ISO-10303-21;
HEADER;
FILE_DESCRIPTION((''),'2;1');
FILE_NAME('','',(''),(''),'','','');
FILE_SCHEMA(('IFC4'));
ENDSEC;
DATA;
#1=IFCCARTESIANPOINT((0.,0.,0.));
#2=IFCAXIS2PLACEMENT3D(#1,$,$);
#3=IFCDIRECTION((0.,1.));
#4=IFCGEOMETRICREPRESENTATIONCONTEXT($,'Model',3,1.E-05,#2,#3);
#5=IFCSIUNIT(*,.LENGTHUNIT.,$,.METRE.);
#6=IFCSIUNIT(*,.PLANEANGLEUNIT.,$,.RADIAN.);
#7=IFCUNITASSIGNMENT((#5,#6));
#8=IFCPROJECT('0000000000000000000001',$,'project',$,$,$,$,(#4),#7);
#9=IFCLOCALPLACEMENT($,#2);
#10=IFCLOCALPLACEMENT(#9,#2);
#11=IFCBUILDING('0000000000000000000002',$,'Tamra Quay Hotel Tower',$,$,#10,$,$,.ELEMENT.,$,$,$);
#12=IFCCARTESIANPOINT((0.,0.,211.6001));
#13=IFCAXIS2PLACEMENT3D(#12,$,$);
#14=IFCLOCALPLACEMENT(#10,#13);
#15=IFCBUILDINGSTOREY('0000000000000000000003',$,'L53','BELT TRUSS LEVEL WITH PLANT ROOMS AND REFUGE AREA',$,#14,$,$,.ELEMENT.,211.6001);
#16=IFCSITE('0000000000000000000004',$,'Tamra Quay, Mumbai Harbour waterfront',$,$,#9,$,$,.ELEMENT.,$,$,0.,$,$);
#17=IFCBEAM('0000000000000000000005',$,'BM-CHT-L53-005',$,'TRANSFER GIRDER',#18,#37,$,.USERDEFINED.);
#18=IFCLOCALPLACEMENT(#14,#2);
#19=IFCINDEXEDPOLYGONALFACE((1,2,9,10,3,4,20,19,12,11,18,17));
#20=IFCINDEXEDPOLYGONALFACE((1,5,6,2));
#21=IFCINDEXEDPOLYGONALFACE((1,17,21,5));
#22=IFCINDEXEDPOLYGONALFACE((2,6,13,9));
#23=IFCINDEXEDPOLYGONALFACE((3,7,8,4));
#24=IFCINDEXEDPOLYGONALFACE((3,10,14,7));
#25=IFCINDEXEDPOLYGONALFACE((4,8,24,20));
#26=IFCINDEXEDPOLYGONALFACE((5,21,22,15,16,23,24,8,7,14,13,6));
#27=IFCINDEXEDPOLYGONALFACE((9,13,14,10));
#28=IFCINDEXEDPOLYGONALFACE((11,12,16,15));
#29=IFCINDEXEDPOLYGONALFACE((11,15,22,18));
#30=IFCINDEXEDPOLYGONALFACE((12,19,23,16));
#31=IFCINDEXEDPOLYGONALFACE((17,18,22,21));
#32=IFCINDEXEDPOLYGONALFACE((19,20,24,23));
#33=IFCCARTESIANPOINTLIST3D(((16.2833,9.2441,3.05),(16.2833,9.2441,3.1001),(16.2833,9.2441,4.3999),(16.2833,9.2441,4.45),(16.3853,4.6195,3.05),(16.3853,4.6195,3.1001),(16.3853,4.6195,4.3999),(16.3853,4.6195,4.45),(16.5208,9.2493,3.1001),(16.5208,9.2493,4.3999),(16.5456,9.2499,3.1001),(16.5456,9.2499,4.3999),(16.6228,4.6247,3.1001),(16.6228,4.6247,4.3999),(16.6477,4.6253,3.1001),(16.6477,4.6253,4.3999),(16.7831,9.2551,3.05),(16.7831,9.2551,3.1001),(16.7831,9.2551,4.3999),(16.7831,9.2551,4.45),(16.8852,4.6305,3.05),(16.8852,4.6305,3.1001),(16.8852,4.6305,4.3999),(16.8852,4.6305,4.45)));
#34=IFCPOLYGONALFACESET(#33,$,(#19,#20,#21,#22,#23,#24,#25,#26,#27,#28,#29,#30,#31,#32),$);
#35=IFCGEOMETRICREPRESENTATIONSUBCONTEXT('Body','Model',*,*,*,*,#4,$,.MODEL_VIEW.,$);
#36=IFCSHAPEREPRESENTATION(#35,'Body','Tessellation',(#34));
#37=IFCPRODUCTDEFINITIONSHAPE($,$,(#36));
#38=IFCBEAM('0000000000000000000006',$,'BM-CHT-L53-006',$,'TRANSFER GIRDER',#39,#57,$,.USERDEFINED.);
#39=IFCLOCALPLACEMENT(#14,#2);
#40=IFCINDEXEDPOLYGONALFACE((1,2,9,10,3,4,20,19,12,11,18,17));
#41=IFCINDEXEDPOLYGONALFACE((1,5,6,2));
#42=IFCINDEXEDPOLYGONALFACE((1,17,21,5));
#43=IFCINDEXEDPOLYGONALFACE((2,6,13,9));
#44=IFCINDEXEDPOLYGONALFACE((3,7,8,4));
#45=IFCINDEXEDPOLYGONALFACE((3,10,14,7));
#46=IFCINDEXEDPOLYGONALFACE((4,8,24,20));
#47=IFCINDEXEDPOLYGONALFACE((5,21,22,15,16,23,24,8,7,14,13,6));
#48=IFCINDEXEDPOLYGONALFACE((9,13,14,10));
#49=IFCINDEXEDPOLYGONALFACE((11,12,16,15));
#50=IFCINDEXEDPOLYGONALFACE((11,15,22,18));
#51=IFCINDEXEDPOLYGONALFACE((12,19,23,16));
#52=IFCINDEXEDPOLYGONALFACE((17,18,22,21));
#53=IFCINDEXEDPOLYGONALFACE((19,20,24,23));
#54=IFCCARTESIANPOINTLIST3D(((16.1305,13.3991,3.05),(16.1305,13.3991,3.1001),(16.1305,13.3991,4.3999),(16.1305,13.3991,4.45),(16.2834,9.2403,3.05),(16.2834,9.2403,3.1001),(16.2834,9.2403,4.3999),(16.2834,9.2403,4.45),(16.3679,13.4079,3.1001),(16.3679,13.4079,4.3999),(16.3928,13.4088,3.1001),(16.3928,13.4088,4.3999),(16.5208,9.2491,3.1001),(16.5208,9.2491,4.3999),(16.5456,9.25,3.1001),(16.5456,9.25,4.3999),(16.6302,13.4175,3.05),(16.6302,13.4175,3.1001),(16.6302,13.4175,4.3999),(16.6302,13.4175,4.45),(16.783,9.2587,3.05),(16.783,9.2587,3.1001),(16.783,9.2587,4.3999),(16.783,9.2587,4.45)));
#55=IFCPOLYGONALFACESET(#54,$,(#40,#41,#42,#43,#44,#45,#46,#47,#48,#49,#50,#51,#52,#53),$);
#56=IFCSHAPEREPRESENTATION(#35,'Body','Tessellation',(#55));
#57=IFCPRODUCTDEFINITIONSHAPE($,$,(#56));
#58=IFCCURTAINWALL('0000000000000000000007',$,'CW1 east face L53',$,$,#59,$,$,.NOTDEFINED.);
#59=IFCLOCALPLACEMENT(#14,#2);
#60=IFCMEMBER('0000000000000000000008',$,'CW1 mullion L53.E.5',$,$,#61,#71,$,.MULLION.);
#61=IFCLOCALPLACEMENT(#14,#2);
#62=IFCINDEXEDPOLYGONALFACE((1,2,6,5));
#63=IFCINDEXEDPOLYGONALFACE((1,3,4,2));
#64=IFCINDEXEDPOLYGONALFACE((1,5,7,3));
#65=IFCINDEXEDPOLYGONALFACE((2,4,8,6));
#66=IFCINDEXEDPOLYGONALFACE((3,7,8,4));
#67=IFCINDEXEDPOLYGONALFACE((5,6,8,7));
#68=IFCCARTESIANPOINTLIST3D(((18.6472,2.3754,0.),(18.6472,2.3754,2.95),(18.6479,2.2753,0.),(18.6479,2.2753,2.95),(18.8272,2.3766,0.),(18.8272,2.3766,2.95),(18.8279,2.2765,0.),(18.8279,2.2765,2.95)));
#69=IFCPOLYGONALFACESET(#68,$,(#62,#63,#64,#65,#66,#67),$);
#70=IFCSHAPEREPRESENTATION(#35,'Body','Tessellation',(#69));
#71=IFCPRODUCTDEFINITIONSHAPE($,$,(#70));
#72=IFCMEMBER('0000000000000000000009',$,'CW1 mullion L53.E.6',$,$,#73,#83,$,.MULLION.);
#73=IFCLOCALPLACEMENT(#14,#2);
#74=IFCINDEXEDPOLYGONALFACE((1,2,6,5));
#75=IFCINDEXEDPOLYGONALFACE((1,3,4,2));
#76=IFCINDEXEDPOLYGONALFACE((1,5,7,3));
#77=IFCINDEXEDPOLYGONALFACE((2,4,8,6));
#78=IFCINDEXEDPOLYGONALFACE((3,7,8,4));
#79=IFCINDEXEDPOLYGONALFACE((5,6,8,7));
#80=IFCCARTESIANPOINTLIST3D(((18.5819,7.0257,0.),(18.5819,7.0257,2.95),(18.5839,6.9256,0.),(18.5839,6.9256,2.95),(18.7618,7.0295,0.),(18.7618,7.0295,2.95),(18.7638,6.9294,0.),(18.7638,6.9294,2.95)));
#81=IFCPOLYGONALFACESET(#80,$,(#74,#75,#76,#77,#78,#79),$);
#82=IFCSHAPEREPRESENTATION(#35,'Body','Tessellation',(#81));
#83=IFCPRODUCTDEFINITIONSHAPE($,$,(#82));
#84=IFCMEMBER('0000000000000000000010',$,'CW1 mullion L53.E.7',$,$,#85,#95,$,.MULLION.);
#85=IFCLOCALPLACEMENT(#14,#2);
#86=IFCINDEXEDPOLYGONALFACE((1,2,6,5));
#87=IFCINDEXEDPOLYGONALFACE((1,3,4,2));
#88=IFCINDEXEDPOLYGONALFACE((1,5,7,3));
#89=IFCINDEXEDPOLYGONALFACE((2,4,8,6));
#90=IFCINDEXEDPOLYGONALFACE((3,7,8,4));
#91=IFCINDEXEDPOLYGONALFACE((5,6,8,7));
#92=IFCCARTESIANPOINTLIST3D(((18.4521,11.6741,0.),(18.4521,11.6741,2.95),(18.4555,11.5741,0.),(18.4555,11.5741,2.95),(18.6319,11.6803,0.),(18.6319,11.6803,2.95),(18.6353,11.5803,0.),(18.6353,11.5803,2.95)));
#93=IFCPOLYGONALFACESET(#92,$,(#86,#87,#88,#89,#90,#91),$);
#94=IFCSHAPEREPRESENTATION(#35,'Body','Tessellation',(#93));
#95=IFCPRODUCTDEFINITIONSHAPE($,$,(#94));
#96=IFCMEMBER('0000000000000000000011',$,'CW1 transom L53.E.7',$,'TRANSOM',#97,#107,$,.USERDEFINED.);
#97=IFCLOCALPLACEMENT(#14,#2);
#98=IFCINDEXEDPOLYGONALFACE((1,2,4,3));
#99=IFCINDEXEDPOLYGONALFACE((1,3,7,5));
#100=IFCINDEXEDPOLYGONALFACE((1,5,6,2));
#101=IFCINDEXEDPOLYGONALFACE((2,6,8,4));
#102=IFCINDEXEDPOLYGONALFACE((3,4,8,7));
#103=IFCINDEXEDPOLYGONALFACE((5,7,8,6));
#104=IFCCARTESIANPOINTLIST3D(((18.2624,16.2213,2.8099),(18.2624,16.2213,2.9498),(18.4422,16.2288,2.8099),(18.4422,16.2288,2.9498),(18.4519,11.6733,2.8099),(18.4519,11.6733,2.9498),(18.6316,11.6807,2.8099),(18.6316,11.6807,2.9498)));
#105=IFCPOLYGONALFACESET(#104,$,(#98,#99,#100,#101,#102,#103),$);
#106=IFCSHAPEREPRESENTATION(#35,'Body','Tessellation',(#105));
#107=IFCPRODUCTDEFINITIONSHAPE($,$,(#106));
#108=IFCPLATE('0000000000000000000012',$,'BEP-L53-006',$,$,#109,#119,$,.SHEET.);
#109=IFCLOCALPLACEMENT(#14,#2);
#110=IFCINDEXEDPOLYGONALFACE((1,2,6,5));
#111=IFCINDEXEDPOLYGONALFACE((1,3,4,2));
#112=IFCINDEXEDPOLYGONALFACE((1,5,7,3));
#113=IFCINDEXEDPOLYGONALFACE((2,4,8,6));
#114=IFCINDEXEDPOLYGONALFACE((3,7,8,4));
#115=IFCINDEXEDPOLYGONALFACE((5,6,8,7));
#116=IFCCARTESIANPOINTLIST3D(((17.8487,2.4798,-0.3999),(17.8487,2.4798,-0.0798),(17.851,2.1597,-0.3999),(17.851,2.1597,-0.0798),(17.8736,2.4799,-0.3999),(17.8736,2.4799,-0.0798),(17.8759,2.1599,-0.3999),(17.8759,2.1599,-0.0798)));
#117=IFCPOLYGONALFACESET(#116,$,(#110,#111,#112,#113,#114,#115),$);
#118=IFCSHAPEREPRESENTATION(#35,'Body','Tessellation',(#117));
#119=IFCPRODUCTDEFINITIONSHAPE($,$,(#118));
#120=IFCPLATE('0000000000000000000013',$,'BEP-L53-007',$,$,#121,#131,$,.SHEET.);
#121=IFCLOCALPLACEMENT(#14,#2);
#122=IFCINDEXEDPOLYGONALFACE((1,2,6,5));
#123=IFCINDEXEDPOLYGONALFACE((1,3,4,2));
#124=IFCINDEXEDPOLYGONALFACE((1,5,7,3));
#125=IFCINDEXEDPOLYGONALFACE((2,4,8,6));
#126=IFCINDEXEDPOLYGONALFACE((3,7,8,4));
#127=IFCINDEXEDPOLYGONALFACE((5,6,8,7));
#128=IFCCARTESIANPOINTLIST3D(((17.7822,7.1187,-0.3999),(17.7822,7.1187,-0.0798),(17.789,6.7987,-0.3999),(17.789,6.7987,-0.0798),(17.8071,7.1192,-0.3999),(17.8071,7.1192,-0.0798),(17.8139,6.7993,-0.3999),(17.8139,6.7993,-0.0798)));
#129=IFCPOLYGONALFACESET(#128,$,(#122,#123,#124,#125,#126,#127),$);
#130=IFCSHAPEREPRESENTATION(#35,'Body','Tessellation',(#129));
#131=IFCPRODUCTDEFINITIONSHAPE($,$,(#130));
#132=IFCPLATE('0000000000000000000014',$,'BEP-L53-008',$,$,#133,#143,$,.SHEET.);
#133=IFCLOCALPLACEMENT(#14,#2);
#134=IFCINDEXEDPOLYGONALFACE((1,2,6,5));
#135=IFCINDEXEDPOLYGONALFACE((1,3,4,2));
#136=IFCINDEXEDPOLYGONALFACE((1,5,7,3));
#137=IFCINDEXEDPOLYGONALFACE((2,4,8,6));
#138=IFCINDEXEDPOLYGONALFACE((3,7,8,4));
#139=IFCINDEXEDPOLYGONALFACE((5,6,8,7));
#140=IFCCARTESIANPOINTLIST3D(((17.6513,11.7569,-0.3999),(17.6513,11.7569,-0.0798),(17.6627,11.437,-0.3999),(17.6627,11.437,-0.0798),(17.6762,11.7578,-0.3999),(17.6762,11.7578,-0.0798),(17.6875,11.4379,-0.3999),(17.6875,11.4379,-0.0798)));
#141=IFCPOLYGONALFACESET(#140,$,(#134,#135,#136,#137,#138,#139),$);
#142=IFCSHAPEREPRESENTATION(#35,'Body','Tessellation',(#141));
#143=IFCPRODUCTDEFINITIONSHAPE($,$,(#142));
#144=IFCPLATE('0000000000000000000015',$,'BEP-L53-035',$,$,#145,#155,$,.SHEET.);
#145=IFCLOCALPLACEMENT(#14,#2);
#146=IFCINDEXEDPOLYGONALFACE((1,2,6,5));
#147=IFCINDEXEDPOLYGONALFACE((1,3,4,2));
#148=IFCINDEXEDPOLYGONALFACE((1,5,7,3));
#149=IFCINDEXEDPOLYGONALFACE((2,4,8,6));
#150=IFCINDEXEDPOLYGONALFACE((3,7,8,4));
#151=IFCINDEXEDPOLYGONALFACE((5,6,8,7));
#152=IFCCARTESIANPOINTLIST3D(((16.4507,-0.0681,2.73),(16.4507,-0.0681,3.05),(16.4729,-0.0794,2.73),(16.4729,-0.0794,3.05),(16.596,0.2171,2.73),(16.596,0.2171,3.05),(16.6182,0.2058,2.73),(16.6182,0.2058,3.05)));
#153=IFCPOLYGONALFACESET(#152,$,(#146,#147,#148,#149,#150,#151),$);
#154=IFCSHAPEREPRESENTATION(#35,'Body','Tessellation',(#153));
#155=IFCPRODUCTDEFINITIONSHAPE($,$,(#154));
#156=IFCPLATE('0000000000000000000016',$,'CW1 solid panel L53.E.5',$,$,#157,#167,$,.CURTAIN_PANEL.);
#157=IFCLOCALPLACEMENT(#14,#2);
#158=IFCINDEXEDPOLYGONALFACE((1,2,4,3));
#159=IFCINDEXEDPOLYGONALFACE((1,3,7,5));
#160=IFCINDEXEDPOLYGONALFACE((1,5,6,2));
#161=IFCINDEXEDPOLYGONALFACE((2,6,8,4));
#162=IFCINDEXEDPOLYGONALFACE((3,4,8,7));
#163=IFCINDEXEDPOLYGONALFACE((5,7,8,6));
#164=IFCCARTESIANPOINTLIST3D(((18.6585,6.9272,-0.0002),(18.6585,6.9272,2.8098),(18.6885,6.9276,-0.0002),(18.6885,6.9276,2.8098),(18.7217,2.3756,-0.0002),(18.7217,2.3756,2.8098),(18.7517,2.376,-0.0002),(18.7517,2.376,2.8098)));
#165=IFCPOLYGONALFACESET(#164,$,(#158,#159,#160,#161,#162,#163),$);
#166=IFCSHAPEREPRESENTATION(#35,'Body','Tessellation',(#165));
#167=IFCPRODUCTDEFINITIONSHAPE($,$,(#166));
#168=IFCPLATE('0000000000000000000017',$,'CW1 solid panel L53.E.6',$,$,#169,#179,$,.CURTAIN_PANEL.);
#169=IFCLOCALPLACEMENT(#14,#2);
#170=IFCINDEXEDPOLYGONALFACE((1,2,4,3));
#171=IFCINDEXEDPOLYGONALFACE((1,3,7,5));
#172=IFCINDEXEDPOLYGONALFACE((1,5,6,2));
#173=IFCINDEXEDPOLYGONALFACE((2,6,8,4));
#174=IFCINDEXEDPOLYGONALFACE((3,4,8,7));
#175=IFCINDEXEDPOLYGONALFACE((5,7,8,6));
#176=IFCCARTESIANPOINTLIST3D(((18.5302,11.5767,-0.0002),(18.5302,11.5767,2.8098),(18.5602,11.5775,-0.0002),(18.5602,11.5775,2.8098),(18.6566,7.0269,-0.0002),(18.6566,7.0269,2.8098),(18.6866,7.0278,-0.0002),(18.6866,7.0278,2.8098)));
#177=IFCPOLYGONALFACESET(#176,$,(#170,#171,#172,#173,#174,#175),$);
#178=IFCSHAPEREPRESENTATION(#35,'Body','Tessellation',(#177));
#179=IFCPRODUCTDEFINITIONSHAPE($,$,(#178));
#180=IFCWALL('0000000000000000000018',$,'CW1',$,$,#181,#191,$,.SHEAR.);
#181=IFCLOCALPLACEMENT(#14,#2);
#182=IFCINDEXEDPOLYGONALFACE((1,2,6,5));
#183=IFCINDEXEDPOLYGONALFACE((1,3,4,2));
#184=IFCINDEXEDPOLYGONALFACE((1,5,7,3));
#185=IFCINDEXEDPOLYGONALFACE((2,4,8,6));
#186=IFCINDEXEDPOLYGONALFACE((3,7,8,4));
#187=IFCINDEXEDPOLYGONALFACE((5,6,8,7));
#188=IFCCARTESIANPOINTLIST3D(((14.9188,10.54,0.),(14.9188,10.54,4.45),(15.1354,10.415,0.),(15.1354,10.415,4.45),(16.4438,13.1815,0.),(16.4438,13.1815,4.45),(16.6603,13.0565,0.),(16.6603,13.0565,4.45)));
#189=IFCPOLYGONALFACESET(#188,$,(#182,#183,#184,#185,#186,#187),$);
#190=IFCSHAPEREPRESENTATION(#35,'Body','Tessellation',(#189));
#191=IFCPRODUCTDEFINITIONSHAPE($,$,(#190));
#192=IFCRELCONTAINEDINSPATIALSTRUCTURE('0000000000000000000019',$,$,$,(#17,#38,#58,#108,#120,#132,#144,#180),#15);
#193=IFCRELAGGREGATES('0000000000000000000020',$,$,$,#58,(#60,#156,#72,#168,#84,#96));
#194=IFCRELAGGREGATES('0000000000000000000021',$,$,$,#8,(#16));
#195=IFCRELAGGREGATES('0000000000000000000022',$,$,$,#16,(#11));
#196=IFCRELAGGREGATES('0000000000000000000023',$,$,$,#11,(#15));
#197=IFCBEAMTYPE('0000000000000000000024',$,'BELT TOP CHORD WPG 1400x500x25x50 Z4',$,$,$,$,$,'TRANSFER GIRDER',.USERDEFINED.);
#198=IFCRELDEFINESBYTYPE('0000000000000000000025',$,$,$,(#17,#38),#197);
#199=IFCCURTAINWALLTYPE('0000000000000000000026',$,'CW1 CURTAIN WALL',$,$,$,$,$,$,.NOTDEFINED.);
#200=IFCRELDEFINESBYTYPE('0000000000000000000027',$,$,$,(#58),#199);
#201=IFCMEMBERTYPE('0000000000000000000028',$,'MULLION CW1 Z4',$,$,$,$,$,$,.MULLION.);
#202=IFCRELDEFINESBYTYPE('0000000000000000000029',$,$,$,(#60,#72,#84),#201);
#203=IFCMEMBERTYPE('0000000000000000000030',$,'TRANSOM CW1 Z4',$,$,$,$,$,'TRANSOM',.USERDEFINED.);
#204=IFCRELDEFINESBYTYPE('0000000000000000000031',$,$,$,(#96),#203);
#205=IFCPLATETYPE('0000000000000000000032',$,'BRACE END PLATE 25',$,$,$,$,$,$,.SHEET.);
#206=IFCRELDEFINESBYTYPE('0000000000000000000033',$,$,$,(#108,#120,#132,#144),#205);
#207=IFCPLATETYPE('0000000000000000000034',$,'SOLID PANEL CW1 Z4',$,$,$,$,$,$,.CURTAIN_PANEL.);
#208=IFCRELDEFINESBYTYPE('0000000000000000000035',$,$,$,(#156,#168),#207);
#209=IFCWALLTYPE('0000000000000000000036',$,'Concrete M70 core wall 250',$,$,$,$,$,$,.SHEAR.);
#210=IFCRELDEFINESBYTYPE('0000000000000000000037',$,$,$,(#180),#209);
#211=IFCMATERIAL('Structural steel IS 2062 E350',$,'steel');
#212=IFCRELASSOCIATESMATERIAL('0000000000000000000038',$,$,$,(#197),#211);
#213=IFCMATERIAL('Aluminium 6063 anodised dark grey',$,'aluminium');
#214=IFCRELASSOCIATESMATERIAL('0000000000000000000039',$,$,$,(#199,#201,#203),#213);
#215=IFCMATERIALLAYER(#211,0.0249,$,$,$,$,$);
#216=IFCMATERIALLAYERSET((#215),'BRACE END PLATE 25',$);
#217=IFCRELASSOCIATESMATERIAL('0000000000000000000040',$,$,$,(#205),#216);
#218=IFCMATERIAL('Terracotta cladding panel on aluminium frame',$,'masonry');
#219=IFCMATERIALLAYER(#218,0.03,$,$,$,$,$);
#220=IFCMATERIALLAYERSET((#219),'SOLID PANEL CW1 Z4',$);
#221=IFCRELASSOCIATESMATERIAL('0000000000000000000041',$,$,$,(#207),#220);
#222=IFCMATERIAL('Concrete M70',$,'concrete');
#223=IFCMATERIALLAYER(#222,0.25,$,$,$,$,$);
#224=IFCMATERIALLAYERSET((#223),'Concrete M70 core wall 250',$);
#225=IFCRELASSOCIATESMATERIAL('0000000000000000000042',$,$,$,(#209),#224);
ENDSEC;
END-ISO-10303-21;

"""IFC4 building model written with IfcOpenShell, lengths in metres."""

from ifc_helpers import new_model, si_unit, direction, frame, frame_2d, origin, origin_2d, place, context, subcontext, project, spatial, rectangle, i_section, extrude, material, layer, layer_set, material_profile, profile_set, type_object, element, aggregate, save


model = new_model("IFC4")

# Units and contexts
model_context = context("Model", 3, precision=1e-05, world=origin(), true_north=direction((0.0, 1.0)))
body_context = subcontext(model_context, "Body", "Model", "MODEL_VIEW")
ifc_project = project(units=[si_unit("LENGTHUNIT", "METRE"), si_unit("PLANEANGLEUNIT", "RADIAN")], contexts=[model_context])

# Site, building, storey
site_placement = place(None, origin())
site = spatial("IfcSite", under=ifc_project, at=site_placement, Name="Tamra Quay, Mumbai Harbour waterfront", CompositionType="ELEMENT", RefElevation=0.0)
building_placement = place(site_placement, origin())
building = spatial("IfcBuilding", under=site, at=building_placement, Name="Tamra Quay Hotel Tower", CompositionType="ELEMENT")
storey_placement = place(building_placement, frame((0.0, 0.0, 211.6001)))
storey = spatial("IfcBuildingStorey", under=building, at=storey_placement, Name="L53", Description="BELT TRUSS LEVEL WITH PLANT ROOMS AND REFUGE AREA", CompositionType="ELEMENT", Elevation=211.6001)

# Shared definitions
ifc_material_1 = material(Name="Structural steel IS 2062 E350", Category="steel")

# Beams
ifc_material_profile_1 = material_profile(ifc_material_1, i_section(OverallWidth=0.5, OverallDepth=1.3999, WebThickness=0.0249, FlangeThickness=0.05, at=origin_2d()), Name="WPG 1400x500x25x50")
ifc_profile_set_1 = profile_set([ifc_material_profile_1], Name="Structural steel IS 2062 E350")
beam_type_1 = type_object("IfcBeamType", Name="BELT TOP CHORD WPG 1400x500x25x50 Z4", ElementType="TRANSFER GIRDER", PredefinedType="USERDEFINED", material=ifc_profile_set_1)
beam_1_placement = place(storey_placement, frame((16.6353, 4.625, 3.75), z_axis=(-0.022062, 0.999757, 0.0), x_axis=(-0.999757, -0.022062, 0.0)))
element("IfcBeam", 1, at=beam_1_placement, inside=storey, type_object=beam_type_1, Name="BM-CHT-L53-005", ObjectType="TRANSFER GIRDER", PredefinedType="USERDEFINED", context=body_context, shape_type="SweptSolid", body=[
    extrude(i_section(OverallWidth=0.5, OverallDepth=1.3999, WebThickness=0.0249, FlangeThickness=0.05, at=origin_2d()), origin(), (0.0, 0.0, 1.0), 4.6257),
])
beam_2_placement = place(storey_placement, frame((16.5332, 9.2495, 3.75), z_axis=(-0.036723, 0.999325, 0.0), x_axis=(-0.999325, -0.036723, 0.0)))
element("IfcBeam", 2, at=beam_2_placement, inside=storey, type_object=beam_type_1, Name="BM-CHT-L53-006", ObjectType="TRANSFER GIRDER", PredefinedType="USERDEFINED", context=body_context, shape_type="SweptSolid", body=[
    extrude(i_section(OverallWidth=0.5, OverallDepth=1.3999, WebThickness=0.0249, FlangeThickness=0.05, at=origin_2d()), origin(), (0.0, 0.0, 1.0), 4.1616),
])

# Curtain wall, members
ifc_material_2 = material(Name="Aluminium 6063 anodised dark grey", Category="aluminium")
curtain_wall_type = type_object("IfcCurtainWallType", Name="CW1 CURTAIN WALL", PredefinedType="NOTDEFINED", material=ifc_material_2)
curtain_wall_placement = place(storey_placement, origin())
curtain_wall = element("IfcCurtainWall", 3, at=curtain_wall_placement, inside=storey, type_object=curtain_wall_type, Name="CW1 east face L53", PredefinedType="NOTDEFINED")
ifc_material_profile_2 = material_profile(ifc_material_2, rectangle(XDim=0.1799, YDim=0.1001, at=origin_2d()), Name="MULLION 100X180")
ifc_profile_set_2 = profile_set([ifc_material_profile_2], Name="Aluminium 6063 anodised dark grey")
member_type_1 = type_object("IfcMemberType", Name="MULLION CW1 Z4", PredefinedType="MULLION", material=ifc_profile_set_2)
member_1_placement = place(storey_placement, frame((18.7375, 2.3259, 0.0), z_axis=(0.0, 0.0, 1.0), x_axis=(0.999976, 0.006943, 0.0)))
member_1 = element("IfcMember", 4, at=member_1_placement, type_object=member_type_1, Name="CW1 mullion L53.E.5", PredefinedType="MULLION", context=body_context, shape_type="SweptSolid", body=[
    extrude(rectangle(XDim=0.1799, YDim=0.1001, at=origin_2d()), origin(), (0.0, 0.0, 1.0), 2.95),
])
member_2_placement = place(storey_placement, frame((18.6729, 6.9775, 0.0), z_axis=(0.0, 0.0, 1.0), x_axis=(0.999783, 0.02082, 0.0)))
member_2 = element("IfcMember", 5, at=member_2_placement, type_object=member_type_1, Name="CW1 mullion L53.E.6", PredefinedType="MULLION", context=body_context, shape_type="SweptSolid", body=[
    extrude(rectangle(XDim=0.1799, YDim=0.1001, at=origin_2d()), origin(), (0.0, 0.0, 1.0), 2.95),
])
member_3_placement = place(storey_placement, frame((18.5437, 11.6272, 0.0), z_axis=(0.0, 0.0, 1.0), x_axis=(0.999399, 0.034678, 0.0)))
member_3 = element("IfcMember", 6, at=member_3_placement, type_object=member_type_1, Name="CW1 mullion L53.E.7", PredefinedType="MULLION", context=body_context, shape_type="SweptSolid", body=[
    extrude(rectangle(XDim=0.1799, YDim=0.1001, at=origin_2d()), origin(), (0.0, 0.0, 1.0), 2.95),
])
ifc_material_profile_3 = material_profile(ifc_material_2, rectangle(XDim=0.1799, YDim=0.1399, at=origin_2d()), Name="TRANSOM 180X140")
ifc_profile_set_3 = profile_set([ifc_material_profile_3], Name="Aluminium 6063 anodised dark grey")
member_type_2 = type_object("IfcMemberType", Name="TRANSOM CW1 Z4", ElementType="TRANSOM", PredefinedType="USERDEFINED", material=ifc_profile_set_3)
member_4_placement = place(storey_placement, frame((18.5417, 11.677, 2.8799), z_axis=(-0.041619, 0.999134, 0.0), x_axis=(-0.999134, -0.041619, 0.0)))
member_4 = element("IfcMember", 7, at=member_4_placement, type_object=member_type_2, Name="CW1 transom L53.E.7", ObjectType="TRANSOM", PredefinedType="USERDEFINED", context=body_context, shape_type="SweptSolid", body=[
    extrude(rectangle(XDim=0.1799, YDim=0.1399, at=origin_2d()), origin(), (0.0, 0.0, 1.0), 4.552),
])

# Plates
ifc_layer_1 = layer(ifc_material_1, 0.0249)
ifc_layer_set_1 = layer_set([ifc_layer_1], Name="BRACE END PLATE 25")
plate_type_1 = type_object("IfcPlateType", Name="BRACE END PLATE 25", PredefinedType="SHEET", material=ifc_layer_set_1)
for number, where, z_axis, x_axis, name in (
    (8, (17.8623, 2.3198, -0.3999), (0.0, 0.0, 1.0), (0.999975, 0.007109, 0.0), "BEP-L53-006"),
    (9, (17.7981, 6.959, -0.3999), (0.0, 0.0, 1.0), (0.999774, 0.021236, 0.0), "BEP-L53-007"),
    (10, (17.6694, 11.5974, -0.3999), (0.0, 0.0, 1.0), (0.999372, 0.035438, 0.0), "BEP-L53-008"),
    (11, (16.5344, 0.0688, 2.73), (0.0, 0.0, 1.0), (-0.891007, 0.45399, 0.0), "BEP-L53-035"),
):
    element("IfcPlate", number, at=place(storey_placement, frame(where, z_axis=z_axis, x_axis=x_axis)), inside=storey, type_object=plate_type_1, Name=name, PredefinedType="SHEET", context=body_context, shape_type="SweptSolid", body=[
        extrude(rectangle(XDim=0.0249, YDim=0.3201, at=origin_2d()), origin(), (0.0, 0.0, 1.0), 0.3201),
    ])

# Plates
ifc_material_3 = material(Name="Terracotta cladding panel on aluminium frame", Category="masonry")
ifc_layer_2 = layer(ifc_material_3, 0.03)
ifc_layer_set_2 = layer_set([ifc_layer_2], Name="SOLID PANEL CW1 Z4")
plate_type_2 = type_object("IfcPlateType", Name="SOLID PANEL CW1 Z4", PredefinedType="CURTAIN_PANEL", material=ifc_layer_set_2)
plate_1_placement = place(storey_placement, frame((18.7051, 4.6516, -0.0002), z_axis=(0.0, 0.0, 1.0), x_axis=(-0.013886, 0.999904, 0.0)))
plate_1 = element("IfcPlate", 12, at=plate_1_placement, type_object=plate_type_2, Name="CW1 solid panel L53.E.5", PredefinedType="CURTAIN_PANEL", context=body_context, shape_type="SweptSolid", body=[
    extrude(rectangle(XDim=4.552, YDim=0.03, at=origin_2d()), origin(), (0.0, 0.0, 1.0), 2.8101),
])
plate_2_placement = place(storey_placement, frame((18.6084, 9.3022, -0.0002), z_axis=(0.0, 0.0, 1.0), x_axis=(-0.027754, 0.999615, 0.0)))
plate_2 = element("IfcPlate", 13, at=plate_2_placement, type_object=plate_type_2, Name="CW1 solid panel L53.E.6", PredefinedType="CURTAIN_PANEL", context=body_context, shape_type="SweptSolid", body=[
    extrude(rectangle(XDim=4.5515, YDim=0.03, at=origin_2d()), origin(), (0.0, 0.0, 1.0), 2.8101),
])
aggregate(curtain_wall, [member_1, plate_1, member_2, plate_2, member_3, member_4])

# Wall
ifc_material_4 = material(Name="Concrete M70", Category="concrete")
ifc_layer_3 = layer(ifc_material_4, 0.25)
ifc_layer_set_3 = layer_set([ifc_layer_3], Name="Concrete M70 core wall 250")
wall_type = type_object("IfcWallType", Name="Concrete M70 core wall 250", PredefinedType="SHEAR", material=ifc_layer_set_3)
wall_placement = place(storey_placement, frame((16.552, 13.1189, 0.0), z_axis=(0.0, 0.0, 1.0), x_axis=(-0.499979, -0.866038, 0.0)))
element("IfcWall", 14, at=wall_placement, inside=storey, type_object=wall_type, Name="CW1", PredefinedType="SHEAR", context=body_context, shape_type="SweptSolid", body=[
    extrude(rectangle(XDim=3.05, YDim=0.25, at=frame_2d((1.5249, 0.0))), origin(), (0.0, 0.0, 1.0), 4.45),
])

save(model, "model.ifc")
